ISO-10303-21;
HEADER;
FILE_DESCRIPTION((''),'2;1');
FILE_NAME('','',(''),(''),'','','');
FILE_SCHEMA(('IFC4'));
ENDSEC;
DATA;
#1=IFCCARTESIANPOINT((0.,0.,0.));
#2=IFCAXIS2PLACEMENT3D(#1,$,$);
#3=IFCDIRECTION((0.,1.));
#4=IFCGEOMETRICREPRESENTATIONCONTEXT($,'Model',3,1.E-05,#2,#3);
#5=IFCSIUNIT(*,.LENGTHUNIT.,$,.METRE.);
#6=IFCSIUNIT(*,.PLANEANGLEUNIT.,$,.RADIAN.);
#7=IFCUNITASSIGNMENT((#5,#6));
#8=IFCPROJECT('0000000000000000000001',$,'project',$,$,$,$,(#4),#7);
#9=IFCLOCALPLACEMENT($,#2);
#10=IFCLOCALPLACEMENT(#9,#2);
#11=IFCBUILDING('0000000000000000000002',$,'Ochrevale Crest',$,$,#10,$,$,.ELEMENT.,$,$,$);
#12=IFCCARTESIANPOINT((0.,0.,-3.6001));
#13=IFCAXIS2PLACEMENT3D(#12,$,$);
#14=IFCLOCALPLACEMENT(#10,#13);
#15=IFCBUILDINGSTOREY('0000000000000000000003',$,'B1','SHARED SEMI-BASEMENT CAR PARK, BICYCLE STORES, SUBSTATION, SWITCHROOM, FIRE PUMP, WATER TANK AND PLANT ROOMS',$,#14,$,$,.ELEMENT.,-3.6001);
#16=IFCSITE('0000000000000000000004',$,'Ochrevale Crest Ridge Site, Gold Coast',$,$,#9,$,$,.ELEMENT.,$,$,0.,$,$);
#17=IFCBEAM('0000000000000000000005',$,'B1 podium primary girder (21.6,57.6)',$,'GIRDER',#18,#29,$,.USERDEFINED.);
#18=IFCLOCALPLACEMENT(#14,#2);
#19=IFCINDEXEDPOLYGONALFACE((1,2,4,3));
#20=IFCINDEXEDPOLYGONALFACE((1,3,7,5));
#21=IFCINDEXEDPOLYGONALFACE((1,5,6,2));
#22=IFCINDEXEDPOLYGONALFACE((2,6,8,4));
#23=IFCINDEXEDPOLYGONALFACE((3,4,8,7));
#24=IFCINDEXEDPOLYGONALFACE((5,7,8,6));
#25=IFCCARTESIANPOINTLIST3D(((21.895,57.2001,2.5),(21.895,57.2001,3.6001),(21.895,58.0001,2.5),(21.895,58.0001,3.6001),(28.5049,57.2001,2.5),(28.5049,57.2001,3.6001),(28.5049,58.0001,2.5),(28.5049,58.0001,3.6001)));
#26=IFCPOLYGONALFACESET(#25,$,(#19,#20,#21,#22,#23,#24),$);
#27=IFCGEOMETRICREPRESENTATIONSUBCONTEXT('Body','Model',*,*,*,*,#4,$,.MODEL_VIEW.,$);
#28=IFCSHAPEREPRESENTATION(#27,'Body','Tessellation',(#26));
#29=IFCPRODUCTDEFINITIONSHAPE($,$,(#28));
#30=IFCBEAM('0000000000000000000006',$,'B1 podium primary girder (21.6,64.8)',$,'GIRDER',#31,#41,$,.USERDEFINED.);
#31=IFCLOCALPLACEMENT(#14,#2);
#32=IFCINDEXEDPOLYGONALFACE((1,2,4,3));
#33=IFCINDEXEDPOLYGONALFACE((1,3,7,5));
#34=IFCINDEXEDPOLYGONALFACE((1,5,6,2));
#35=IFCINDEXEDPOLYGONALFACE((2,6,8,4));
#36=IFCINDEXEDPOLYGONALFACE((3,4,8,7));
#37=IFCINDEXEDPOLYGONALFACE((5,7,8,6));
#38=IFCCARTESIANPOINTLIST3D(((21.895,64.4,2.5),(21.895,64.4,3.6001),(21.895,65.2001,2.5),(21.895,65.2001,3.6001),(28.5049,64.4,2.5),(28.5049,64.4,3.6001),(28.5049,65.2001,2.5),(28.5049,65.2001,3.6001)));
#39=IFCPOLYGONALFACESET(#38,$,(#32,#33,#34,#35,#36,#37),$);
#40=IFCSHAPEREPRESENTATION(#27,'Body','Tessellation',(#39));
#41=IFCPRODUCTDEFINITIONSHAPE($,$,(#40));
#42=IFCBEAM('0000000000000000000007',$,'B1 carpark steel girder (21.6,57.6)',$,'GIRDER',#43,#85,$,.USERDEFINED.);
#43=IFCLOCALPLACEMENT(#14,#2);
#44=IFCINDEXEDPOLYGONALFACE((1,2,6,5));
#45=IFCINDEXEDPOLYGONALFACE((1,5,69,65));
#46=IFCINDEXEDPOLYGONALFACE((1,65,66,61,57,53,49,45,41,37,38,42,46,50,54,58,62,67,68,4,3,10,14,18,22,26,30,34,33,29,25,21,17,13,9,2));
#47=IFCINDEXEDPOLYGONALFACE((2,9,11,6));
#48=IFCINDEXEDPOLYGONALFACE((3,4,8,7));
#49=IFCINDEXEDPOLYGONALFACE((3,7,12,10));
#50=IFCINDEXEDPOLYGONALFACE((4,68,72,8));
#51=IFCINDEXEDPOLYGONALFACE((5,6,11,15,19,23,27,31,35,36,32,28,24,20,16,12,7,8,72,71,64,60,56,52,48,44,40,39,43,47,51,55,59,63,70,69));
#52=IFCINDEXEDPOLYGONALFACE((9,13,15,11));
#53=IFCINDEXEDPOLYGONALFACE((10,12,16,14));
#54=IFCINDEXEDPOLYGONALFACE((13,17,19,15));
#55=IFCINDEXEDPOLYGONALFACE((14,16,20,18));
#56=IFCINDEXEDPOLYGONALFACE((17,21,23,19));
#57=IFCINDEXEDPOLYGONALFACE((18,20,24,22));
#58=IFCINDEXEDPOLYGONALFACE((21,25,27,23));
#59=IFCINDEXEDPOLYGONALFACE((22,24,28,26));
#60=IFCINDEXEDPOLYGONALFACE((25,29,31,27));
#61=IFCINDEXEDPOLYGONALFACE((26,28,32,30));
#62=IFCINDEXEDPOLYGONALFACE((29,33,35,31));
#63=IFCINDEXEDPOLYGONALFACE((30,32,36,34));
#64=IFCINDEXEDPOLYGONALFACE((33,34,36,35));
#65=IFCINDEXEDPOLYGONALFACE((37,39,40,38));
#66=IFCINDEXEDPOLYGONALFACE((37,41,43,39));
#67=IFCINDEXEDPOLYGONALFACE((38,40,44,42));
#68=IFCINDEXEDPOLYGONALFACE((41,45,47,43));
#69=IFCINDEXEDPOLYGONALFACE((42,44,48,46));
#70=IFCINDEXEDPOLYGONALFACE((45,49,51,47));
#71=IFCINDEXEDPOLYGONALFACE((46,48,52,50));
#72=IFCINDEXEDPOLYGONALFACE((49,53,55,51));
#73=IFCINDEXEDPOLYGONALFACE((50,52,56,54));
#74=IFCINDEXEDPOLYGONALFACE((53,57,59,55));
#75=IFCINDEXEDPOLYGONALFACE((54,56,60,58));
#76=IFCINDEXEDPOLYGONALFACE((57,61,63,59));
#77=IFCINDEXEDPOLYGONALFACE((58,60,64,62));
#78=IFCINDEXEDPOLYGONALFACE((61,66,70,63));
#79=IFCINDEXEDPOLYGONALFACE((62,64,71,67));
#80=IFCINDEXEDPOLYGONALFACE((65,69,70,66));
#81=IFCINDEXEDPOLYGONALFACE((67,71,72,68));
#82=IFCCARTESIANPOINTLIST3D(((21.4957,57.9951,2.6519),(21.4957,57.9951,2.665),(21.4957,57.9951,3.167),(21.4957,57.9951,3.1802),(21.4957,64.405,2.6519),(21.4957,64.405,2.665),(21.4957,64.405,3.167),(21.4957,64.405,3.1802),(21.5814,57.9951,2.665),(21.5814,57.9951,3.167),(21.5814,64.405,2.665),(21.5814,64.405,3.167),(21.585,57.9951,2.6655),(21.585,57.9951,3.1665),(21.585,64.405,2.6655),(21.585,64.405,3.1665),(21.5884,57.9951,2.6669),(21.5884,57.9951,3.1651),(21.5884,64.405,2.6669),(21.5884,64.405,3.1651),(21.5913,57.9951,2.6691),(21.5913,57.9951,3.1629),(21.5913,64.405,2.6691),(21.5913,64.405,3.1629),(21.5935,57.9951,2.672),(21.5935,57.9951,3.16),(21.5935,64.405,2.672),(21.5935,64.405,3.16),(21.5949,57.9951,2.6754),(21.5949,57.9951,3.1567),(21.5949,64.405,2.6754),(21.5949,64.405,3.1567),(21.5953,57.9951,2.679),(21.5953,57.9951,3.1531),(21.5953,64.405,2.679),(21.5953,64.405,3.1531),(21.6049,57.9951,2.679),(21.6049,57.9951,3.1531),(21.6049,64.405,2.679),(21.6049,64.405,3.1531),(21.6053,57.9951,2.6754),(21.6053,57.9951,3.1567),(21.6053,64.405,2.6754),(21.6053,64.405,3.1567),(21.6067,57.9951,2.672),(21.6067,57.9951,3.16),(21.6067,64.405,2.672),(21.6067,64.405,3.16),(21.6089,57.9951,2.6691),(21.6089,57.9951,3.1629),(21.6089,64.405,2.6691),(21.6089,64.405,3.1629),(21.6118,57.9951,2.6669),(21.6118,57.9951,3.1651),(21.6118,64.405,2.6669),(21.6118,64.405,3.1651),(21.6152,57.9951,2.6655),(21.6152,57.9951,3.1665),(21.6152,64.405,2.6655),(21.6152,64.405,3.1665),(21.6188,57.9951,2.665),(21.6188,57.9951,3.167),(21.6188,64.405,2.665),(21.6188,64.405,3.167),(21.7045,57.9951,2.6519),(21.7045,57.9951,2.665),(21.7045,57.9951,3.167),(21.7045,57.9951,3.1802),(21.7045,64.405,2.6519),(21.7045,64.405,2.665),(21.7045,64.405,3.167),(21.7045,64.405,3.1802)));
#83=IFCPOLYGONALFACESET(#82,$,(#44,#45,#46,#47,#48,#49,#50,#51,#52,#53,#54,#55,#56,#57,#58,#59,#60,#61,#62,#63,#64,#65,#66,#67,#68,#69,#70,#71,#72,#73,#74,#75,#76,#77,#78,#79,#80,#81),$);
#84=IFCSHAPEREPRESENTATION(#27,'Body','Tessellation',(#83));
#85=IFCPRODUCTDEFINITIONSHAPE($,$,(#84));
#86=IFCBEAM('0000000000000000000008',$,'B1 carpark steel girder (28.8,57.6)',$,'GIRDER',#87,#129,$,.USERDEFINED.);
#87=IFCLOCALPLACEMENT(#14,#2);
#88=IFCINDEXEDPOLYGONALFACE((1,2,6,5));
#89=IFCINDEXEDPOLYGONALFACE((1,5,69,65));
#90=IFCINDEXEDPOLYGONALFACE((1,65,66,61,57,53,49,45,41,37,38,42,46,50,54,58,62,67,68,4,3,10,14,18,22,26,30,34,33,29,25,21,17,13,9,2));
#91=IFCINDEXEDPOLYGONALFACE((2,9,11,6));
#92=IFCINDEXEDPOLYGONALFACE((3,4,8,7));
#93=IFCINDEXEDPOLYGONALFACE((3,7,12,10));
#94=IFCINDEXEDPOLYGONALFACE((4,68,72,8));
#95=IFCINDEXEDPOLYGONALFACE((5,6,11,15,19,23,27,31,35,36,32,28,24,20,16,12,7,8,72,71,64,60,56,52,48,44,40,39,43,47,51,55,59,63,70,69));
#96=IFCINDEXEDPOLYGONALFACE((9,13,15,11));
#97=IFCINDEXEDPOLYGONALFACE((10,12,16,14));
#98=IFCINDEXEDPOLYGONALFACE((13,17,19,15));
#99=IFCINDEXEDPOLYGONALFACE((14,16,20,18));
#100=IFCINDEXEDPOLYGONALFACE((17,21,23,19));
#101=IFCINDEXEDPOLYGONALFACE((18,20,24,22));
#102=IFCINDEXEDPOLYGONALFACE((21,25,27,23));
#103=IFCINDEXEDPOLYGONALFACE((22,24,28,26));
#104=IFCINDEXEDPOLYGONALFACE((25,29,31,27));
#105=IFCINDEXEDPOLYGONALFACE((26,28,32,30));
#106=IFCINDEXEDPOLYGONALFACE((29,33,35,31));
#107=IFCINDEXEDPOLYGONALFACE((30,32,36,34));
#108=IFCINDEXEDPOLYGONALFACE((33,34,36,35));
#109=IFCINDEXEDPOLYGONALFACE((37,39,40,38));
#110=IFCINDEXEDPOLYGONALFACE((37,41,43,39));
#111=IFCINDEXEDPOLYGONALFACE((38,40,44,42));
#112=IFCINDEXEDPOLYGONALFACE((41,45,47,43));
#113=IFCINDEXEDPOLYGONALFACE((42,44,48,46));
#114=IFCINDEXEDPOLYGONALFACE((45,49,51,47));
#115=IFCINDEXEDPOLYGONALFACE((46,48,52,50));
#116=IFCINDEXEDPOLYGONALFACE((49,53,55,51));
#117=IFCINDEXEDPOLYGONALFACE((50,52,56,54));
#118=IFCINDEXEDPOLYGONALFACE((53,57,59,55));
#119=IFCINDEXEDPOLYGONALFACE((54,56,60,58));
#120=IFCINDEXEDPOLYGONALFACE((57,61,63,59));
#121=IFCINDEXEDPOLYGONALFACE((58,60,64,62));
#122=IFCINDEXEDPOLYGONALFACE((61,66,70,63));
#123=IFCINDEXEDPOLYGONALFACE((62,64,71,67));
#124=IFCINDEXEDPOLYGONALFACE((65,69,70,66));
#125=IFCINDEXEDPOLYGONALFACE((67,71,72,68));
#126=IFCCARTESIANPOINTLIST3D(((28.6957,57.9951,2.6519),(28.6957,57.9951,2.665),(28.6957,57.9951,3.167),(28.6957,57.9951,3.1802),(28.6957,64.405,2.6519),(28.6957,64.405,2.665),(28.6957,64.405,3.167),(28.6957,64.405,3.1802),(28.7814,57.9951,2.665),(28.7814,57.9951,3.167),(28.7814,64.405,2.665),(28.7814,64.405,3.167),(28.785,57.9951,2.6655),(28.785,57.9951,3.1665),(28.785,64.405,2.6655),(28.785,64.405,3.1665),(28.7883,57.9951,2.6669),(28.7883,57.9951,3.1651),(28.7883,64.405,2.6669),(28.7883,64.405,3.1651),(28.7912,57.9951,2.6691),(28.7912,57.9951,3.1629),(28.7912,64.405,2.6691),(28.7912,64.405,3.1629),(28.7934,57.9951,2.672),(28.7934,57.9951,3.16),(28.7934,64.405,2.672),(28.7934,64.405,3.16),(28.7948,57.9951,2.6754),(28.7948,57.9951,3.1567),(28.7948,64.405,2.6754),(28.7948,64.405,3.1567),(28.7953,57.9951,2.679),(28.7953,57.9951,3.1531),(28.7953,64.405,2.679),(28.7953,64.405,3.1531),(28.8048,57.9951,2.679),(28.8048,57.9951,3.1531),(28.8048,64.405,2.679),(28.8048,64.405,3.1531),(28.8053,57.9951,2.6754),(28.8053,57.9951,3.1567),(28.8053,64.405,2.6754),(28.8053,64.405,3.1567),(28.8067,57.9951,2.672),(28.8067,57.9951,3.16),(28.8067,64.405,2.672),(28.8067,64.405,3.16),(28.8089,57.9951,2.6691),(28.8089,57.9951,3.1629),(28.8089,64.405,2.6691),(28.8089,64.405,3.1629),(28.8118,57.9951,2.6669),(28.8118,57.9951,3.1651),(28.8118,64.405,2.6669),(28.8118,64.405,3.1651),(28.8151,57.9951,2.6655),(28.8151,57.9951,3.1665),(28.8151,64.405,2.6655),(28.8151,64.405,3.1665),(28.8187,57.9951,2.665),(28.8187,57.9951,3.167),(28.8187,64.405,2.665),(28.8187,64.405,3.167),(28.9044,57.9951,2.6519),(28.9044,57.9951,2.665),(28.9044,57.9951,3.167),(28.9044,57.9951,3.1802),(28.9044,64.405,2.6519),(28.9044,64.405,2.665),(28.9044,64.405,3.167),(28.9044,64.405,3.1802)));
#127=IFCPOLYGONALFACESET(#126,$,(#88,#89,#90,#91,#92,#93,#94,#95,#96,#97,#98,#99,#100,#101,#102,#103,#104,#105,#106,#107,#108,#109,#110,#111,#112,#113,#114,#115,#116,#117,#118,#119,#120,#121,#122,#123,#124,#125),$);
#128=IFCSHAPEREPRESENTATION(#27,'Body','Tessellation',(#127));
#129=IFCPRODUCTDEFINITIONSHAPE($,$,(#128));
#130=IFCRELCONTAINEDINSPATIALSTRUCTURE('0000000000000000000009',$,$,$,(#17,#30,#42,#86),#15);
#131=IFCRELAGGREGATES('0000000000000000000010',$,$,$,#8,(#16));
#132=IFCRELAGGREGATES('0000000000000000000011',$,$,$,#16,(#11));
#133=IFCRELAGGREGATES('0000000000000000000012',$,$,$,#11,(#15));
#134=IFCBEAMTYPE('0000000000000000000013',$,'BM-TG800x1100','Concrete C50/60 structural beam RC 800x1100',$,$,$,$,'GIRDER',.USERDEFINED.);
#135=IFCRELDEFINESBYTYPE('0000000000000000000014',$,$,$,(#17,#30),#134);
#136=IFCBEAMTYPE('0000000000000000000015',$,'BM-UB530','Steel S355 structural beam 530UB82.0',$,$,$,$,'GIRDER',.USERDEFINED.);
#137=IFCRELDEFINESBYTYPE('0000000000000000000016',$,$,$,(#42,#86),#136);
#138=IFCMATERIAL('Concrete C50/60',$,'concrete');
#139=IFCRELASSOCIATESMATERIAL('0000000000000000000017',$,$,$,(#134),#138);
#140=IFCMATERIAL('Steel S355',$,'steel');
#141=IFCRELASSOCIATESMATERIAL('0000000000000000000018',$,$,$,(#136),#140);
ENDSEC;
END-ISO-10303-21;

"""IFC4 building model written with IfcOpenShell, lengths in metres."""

from ifc_helpers import new_model, si_unit, direction, frame, origin, origin_2d, place, context, subcontext, project, spatial, rectangle, i_section, extrude, material, material_profile, profile_set, type_object, element, save


model = new_model("IFC4")

# Units and contexts
model_context = context("Model", 3, precision=1e-05, world=origin(), true_north=direction((0.0, 1.0)))
body_context = subcontext(model_context, "Body", "Model", "MODEL_VIEW")
ifc_project = project(units=[si_unit("LENGTHUNIT", "METRE"), si_unit("PLANEANGLEUNIT", "RADIAN")], contexts=[model_context])

# Site, building, storey
site_placement = place(None, origin())
site = spatial("IfcSite", under=ifc_project, at=site_placement, Name="Ochrevale Crest Ridge Site, Gold Coast", CompositionType="ELEMENT", RefElevation=0.0)
building_placement = place(site_placement, origin())
building = spatial("IfcBuilding", under=site, at=building_placement, Name="Ochrevale Crest", CompositionType="ELEMENT")
storey_placement = place(building_placement, frame((0.0, 0.0, -3.6001)))
storey = spatial("IfcBuildingStorey", under=building, at=storey_placement, Name="B1", Description="SHARED SEMI-BASEMENT CAR PARK, BICYCLE STORES, SUBSTATION, SWITCHROOM, FIRE PUMP, WATER TANK AND PLANT ROOMS", CompositionType="ELEMENT", Elevation=-3.6001)

# Shared definitions
ifc_material_1 = material(Name="Concrete C50/60", Category="concrete")

# Beams
ifc_material_profile_1 = material_profile(ifc_material_1, rectangle(XDim=0.8, YDim=1.1001, at=origin_2d()), Name="RC 800x1100")
ifc_profile_set_1 = profile_set([ifc_material_profile_1], Name="Concrete C50/60")
beam_type_1 = type_object("IfcBeamType", Name="BM-TG800x1100", Description="Concrete C50/60 structural beam RC 800x1100", ElementType="GIRDER", PredefinedType="USERDEFINED", material=ifc_profile_set_1)
for number, where, z_axis, x_axis, name in (
    (1, (21.895, 57.6001, 3.05), (1.0, 0.0, 0.0), (0.0, 1.0, 0.0), "B1 podium primary girder (21.6,57.6)"),
    (2, (21.895, 64.8, 3.05), (1.0, 0.0, 0.0), (0.0, 1.0, 0.0), "B1 podium primary girder (21.6,64.8)"),
):
    element("IfcBeam", number, at=place(storey_placement, frame(where, z_axis=z_axis, x_axis=x_axis)), inside=storey, type_object=beam_type_1, Name=name, ObjectType="GIRDER", PredefinedType="USERDEFINED", context=body_context, shape_type="SweptSolid", body=[
        extrude(rectangle(XDim=0.8, YDim=1.1001, at=origin_2d()), origin(), (0.0, 0.0, 1.0), 6.6099),
    ])
ifc_material_2 = material(Name="Steel S355", Category="steel")
ifc_material_profile_2 = material_profile(ifc_material_2, i_section(OverallWidth=0.2087, OverallDepth=0.5283, WebThickness=0.0095, FlangeThickness=0.0132, FilletRadius=0.0139, at=origin_2d()), Name="530UB82.0")
ifc_profile_set_2 = profile_set([ifc_material_profile_2], Name="Steel S355")
beam_type_2 = type_object("IfcBeamType", Name="BM-UB530", Description="Steel S355 structural beam 530UB82.0", ElementType="GIRDER", PredefinedType="USERDEFINED", material=ifc_profile_set_2)
for number, where, z_axis, x_axis, name in (
    (3, (21.6001, 57.9951, 2.916), (0.0, 1.0, 0.0), (-1.0, 0.0, 0.0), "B1 carpark steel girder (21.6,57.6)"),
    (4, (28.8, 57.9951, 2.916), (0.0, 1.0, 0.0), (-1.0, 0.0, 0.0), "B1 carpark steel girder (28.8,57.6)"),
):
    element("IfcBeam", number, at=place(storey_placement, frame(where, z_axis=z_axis, x_axis=x_axis)), inside=storey, type_object=beam_type_2, Name=name, ObjectType="GIRDER", PredefinedType="USERDEFINED", context=body_context, shape_type="SweptSolid", body=[
        extrude(i_section(OverallWidth=0.2087, OverallDepth=0.5283, WebThickness=0.0095, FlangeThickness=0.0132, FilletRadius=0.0139, at=origin_2d()), origin(), (0.0, 0.0, 1.0), 6.4099),
    ])

save(model, "model.ifc")
